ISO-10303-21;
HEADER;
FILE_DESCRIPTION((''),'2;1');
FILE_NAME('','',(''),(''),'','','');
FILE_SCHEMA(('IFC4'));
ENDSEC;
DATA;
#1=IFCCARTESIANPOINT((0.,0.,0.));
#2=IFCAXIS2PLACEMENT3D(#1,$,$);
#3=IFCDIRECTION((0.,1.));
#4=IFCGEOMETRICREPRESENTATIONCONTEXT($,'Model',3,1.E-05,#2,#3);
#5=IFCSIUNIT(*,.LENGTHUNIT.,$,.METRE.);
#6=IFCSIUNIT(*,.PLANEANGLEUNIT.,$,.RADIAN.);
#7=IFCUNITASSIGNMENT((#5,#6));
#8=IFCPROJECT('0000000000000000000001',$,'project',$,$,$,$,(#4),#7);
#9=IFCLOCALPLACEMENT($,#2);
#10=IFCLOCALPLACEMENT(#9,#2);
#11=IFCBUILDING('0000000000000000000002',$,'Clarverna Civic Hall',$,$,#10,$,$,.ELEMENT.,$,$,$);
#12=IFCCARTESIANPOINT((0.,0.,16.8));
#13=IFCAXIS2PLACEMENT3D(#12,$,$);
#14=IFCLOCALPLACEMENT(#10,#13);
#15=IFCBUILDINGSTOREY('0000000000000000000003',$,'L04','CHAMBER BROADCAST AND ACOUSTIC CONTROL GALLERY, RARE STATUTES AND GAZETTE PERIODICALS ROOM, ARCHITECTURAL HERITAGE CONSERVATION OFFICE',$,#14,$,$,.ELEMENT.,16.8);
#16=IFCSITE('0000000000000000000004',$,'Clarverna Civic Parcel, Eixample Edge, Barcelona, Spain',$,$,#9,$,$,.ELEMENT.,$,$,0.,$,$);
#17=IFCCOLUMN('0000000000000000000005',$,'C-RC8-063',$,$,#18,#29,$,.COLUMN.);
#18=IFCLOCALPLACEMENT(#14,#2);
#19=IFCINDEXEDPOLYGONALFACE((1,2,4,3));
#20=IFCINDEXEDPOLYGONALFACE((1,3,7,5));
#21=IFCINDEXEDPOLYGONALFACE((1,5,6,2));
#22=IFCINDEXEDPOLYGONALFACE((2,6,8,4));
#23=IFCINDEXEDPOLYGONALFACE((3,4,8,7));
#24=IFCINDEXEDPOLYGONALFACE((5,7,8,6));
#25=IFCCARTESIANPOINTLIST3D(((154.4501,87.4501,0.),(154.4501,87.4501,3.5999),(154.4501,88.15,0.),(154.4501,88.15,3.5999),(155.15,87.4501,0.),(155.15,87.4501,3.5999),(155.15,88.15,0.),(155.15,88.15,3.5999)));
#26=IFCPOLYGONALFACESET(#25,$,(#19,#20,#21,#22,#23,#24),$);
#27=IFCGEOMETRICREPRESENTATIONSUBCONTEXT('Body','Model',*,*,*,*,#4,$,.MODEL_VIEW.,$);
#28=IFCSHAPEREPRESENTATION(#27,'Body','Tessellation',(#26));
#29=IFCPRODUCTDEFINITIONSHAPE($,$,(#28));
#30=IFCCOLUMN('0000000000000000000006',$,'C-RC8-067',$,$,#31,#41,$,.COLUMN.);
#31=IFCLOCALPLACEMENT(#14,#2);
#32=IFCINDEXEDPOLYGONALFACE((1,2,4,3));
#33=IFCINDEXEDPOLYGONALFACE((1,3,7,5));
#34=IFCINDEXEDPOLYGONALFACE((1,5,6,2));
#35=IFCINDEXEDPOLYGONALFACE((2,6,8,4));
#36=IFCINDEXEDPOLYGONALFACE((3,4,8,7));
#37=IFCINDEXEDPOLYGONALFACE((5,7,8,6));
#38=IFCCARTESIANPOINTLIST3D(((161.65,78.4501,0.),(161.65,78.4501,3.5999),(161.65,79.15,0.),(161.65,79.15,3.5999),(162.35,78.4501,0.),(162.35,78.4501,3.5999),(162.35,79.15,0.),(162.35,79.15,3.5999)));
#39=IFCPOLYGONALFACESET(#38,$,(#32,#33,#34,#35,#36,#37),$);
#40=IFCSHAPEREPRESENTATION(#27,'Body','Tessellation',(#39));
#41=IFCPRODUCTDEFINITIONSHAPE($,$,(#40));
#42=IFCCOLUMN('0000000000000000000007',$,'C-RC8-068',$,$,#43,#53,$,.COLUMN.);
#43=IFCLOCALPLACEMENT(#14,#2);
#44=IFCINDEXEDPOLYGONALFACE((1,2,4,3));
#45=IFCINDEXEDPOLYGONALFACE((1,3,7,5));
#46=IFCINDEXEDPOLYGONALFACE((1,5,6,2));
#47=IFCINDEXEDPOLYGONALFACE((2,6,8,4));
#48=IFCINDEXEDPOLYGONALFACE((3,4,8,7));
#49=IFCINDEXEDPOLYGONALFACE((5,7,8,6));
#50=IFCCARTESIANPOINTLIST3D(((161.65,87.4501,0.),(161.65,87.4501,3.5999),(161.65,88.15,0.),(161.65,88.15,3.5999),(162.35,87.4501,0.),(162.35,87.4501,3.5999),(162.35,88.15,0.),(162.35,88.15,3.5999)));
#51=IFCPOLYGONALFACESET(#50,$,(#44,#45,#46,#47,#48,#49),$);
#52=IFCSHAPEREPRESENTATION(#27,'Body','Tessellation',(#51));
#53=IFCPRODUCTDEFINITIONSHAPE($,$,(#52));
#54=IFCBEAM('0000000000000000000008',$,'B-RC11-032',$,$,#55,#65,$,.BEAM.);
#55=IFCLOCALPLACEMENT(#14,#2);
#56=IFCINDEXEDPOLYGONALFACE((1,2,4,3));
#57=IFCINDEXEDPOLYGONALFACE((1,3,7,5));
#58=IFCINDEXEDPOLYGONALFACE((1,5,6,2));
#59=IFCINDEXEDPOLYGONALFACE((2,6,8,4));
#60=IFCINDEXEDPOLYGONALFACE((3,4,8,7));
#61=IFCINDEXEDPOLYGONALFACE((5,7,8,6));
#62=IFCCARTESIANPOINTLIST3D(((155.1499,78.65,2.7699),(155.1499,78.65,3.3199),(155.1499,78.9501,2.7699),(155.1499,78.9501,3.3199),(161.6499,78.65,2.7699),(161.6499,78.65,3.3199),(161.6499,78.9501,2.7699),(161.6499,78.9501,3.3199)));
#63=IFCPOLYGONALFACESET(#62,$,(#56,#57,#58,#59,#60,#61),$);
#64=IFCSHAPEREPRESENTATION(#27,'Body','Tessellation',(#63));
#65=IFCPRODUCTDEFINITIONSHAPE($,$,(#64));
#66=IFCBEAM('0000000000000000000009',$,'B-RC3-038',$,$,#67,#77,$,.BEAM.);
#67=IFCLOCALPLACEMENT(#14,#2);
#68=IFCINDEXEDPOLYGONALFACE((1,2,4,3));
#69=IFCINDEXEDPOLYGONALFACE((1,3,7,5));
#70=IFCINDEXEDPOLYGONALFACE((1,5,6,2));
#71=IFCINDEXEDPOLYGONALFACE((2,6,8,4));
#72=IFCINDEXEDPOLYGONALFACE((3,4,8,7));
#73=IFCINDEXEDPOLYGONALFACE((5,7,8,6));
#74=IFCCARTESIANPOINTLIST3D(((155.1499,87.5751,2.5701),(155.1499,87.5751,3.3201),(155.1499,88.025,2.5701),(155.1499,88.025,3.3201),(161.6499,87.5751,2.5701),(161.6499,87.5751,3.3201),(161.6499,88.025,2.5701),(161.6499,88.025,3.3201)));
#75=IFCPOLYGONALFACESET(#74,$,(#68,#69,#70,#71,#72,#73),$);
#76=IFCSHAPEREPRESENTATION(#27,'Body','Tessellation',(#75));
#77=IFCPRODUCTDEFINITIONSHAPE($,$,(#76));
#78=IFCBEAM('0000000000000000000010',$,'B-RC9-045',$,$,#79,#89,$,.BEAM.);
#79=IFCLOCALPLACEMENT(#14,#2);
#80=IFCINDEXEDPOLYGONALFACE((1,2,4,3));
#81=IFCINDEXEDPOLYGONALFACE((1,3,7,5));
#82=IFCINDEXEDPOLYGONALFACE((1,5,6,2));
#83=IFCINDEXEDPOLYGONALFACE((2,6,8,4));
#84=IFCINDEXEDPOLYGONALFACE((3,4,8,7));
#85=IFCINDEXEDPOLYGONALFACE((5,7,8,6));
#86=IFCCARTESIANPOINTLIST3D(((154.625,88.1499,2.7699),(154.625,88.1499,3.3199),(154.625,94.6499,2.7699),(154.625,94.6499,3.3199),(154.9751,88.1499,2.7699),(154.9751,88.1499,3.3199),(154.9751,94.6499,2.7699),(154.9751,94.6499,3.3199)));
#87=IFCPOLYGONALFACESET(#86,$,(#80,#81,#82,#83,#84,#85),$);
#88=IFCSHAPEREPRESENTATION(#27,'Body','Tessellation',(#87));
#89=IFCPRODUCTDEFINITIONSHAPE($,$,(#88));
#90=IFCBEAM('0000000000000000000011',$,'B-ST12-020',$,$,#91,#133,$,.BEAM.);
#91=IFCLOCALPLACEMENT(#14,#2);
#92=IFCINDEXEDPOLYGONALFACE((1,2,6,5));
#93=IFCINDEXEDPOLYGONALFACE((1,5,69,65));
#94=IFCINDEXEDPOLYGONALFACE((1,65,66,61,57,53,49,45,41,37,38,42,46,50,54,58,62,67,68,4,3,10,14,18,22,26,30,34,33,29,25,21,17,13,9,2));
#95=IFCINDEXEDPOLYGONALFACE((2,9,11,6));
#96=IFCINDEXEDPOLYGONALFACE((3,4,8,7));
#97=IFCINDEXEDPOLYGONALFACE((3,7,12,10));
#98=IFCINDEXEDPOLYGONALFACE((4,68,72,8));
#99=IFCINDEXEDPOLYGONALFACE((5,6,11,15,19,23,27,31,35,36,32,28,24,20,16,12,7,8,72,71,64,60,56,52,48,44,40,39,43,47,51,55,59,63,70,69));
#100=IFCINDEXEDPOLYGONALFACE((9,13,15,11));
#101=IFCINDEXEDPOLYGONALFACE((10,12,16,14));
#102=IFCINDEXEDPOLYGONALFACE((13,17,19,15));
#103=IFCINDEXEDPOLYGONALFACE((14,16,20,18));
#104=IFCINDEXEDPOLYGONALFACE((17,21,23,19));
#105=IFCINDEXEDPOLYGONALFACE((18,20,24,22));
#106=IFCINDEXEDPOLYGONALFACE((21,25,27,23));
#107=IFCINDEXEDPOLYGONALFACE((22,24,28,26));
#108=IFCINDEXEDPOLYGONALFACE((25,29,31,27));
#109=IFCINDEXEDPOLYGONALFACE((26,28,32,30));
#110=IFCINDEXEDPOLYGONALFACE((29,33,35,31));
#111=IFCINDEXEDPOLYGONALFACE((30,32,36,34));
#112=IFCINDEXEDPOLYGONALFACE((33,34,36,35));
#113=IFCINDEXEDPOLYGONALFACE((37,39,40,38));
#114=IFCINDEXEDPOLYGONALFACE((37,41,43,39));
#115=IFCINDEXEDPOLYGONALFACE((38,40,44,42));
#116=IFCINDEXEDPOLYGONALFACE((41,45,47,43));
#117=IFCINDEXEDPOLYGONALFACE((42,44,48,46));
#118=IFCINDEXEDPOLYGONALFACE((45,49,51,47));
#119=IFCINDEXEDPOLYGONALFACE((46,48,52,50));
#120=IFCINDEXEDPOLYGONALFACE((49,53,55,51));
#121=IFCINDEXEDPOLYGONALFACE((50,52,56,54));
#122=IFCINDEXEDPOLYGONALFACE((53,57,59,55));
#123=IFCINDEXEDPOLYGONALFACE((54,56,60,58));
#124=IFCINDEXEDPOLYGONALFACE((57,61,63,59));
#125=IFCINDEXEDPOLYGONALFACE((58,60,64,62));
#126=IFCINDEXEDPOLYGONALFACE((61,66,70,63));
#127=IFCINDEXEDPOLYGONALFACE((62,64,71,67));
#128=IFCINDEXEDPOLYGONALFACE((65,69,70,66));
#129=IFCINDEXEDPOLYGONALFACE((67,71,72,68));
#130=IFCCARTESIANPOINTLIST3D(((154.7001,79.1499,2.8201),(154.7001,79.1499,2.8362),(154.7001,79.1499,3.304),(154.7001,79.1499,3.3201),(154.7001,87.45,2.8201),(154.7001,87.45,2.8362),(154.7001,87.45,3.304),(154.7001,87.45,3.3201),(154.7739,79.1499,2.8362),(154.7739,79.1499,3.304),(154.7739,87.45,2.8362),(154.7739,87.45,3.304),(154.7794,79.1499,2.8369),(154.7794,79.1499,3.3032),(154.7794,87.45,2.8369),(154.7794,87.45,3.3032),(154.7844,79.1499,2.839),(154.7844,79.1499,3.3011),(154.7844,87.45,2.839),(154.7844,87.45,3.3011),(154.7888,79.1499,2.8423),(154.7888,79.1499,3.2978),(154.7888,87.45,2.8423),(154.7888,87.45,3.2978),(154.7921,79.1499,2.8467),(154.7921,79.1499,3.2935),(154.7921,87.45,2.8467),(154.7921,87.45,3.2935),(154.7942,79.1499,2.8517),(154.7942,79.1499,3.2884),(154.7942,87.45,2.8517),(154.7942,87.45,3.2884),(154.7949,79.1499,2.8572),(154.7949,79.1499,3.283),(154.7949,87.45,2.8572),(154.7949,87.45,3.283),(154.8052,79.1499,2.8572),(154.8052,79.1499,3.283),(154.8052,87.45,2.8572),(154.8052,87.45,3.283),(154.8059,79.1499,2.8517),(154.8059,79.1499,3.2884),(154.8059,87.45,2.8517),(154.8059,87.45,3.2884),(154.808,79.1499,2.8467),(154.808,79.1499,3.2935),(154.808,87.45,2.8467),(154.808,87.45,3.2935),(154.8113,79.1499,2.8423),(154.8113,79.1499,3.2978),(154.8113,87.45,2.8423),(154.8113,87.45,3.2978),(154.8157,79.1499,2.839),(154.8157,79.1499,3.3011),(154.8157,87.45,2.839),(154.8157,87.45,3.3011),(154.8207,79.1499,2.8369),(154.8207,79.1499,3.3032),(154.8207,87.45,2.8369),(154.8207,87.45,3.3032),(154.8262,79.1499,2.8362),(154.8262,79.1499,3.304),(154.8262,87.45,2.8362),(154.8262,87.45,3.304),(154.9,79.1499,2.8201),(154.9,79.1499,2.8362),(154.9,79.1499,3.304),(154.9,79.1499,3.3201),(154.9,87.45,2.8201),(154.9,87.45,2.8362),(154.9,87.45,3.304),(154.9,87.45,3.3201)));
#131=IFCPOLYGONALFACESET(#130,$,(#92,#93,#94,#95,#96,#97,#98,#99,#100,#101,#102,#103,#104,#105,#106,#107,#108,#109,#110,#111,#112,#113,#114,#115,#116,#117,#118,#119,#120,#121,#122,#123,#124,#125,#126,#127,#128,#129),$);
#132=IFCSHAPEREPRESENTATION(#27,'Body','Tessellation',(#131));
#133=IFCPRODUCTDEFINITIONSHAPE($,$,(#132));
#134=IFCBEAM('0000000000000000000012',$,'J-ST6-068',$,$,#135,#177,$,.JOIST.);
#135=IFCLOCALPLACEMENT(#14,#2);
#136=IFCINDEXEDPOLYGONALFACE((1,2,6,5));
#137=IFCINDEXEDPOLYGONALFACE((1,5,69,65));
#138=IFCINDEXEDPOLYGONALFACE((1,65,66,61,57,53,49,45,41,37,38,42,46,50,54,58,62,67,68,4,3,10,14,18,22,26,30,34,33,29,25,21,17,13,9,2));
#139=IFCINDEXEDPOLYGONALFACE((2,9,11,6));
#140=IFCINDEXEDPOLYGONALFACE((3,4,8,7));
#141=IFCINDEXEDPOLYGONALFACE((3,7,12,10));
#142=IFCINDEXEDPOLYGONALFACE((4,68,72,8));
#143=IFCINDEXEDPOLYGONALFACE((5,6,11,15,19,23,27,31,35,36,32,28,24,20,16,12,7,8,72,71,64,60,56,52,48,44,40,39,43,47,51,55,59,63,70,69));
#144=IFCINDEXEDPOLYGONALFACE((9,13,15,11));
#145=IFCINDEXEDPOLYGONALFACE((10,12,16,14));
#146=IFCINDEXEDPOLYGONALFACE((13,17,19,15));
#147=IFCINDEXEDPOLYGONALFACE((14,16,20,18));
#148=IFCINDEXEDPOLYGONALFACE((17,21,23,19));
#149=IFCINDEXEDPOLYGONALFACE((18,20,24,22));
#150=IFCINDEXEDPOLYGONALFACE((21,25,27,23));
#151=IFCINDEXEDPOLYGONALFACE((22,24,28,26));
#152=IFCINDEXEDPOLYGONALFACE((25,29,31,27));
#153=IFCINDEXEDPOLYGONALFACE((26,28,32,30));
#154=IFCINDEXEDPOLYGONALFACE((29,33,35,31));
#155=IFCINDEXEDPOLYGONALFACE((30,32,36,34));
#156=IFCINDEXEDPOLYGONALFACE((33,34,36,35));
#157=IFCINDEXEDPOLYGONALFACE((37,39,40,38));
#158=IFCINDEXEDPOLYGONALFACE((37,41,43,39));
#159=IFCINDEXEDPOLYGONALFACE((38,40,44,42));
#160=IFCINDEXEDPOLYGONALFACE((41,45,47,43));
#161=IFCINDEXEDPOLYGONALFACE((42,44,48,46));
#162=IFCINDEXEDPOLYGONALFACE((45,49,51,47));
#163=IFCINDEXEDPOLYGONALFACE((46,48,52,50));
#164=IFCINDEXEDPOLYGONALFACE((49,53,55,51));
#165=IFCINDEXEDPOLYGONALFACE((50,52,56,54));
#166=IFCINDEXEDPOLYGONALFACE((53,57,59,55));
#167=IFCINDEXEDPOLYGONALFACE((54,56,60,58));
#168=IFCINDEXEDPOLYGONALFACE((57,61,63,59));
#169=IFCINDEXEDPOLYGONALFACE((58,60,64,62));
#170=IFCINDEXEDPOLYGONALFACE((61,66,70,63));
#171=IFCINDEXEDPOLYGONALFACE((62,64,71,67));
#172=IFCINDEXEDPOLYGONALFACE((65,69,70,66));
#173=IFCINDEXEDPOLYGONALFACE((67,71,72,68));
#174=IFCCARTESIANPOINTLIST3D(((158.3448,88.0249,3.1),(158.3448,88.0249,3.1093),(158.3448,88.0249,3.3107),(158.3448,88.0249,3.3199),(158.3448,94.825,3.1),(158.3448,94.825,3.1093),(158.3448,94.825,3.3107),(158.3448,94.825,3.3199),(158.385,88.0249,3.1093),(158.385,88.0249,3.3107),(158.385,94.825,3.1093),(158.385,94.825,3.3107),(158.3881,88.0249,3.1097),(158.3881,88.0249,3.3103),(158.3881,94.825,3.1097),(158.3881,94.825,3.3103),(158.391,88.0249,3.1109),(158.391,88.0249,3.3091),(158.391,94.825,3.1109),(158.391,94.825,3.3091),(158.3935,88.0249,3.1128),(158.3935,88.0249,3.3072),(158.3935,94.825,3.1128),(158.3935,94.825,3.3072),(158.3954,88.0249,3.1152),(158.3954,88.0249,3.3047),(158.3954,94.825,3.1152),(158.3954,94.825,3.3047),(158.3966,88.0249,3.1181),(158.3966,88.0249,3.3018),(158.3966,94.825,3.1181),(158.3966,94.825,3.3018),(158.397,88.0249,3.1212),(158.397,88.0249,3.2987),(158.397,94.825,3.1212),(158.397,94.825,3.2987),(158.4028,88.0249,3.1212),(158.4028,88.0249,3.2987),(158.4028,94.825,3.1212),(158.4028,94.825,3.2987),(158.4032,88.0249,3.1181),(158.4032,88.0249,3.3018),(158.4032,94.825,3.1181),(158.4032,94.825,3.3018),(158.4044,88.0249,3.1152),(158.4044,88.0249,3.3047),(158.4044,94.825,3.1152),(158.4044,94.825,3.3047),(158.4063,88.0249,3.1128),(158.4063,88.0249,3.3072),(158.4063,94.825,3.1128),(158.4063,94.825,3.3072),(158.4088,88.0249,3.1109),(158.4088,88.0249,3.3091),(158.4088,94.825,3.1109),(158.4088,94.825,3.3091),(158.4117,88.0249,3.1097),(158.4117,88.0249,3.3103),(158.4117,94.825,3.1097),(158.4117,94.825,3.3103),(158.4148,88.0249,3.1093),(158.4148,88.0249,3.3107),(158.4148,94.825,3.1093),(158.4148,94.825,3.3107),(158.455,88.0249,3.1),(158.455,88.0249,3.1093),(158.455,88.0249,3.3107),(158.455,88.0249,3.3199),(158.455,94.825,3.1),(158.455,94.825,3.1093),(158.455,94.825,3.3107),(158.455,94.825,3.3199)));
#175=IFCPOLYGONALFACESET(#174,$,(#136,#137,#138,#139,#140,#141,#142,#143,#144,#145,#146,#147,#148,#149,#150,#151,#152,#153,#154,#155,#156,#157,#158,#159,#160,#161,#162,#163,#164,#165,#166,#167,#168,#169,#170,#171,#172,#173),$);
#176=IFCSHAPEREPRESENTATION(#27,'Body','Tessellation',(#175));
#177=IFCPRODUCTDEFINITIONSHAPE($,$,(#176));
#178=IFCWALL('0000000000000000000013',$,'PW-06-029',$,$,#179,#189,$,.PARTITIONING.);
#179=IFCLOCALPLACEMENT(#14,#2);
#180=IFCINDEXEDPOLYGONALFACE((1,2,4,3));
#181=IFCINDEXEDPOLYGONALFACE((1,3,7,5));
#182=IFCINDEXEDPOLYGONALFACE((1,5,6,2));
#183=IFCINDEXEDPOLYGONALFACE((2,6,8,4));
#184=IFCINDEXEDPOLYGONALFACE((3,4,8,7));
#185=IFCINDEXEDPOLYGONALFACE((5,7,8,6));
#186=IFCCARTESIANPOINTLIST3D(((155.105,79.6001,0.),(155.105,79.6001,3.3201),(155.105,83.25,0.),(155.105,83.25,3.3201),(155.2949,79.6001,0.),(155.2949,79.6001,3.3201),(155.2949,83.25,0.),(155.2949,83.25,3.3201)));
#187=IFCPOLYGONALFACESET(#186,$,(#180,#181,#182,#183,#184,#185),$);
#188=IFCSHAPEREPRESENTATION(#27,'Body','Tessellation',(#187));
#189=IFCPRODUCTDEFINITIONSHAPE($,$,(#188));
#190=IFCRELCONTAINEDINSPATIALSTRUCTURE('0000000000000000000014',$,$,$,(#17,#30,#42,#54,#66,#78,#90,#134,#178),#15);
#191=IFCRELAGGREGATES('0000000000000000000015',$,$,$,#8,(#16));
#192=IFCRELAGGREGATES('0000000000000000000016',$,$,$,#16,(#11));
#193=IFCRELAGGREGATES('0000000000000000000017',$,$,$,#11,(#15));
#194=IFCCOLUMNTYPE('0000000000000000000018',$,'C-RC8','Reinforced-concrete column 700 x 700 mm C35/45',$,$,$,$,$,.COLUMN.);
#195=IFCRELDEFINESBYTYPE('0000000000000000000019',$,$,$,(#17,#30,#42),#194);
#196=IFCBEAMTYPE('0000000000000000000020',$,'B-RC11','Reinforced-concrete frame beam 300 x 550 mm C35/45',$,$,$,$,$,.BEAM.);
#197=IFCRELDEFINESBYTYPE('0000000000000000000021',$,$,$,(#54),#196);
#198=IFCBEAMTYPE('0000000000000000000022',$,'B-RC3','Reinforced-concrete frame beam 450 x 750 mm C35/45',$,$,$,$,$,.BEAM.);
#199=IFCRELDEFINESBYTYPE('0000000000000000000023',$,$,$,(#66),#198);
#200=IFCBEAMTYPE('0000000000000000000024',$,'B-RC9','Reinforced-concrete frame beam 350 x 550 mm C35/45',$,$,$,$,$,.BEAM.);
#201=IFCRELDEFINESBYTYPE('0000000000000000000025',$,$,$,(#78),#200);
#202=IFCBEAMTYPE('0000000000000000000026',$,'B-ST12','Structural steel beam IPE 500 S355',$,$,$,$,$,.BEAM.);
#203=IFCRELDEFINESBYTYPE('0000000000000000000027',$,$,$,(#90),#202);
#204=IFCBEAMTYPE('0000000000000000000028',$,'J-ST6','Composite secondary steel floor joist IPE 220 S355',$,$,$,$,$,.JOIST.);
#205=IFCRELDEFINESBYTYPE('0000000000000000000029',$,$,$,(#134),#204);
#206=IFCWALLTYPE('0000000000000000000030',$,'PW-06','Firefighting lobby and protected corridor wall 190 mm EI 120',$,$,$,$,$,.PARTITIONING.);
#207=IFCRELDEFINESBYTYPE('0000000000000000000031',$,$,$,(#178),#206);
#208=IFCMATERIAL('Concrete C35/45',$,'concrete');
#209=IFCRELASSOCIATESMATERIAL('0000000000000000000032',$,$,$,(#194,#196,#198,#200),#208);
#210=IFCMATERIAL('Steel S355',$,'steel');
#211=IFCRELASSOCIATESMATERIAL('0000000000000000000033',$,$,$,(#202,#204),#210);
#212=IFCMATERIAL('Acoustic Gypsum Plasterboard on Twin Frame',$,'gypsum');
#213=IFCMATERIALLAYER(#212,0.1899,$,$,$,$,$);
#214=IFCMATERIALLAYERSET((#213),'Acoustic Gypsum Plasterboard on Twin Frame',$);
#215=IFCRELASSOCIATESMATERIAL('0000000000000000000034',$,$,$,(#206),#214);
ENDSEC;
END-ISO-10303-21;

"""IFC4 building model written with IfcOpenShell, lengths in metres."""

from ifc_helpers import new_model, si_unit, direction, frame, frame_2d, origin, origin_2d, place, context, subcontext, project, spatial, rectangle, i_section, extrude, material, layer, layer_set, material_profile, profile_set, type_object, element, save


model = new_model("IFC4")

# Units and contexts
model_context = context("Model", 3, precision=1e-05, world=origin(), true_north=direction((0.0, 1.0)))
body_context = subcontext(model_context, "Body", "Model", "MODEL_VIEW")
ifc_project = project(units=[si_unit("LENGTHUNIT", "METRE"), si_unit("PLANEANGLEUNIT", "RADIAN")], contexts=[model_context])

# Site, building, storey
site_placement = place(None, origin())
site = spatial("IfcSite", under=ifc_project, at=site_placement, Name="Clarverna Civic Parcel, Eixample Edge, Barcelona, Spain", CompositionType="ELEMENT", RefElevation=0.0)
building_placement = place(site_placement, origin())
building = spatial("IfcBuilding", under=site, at=building_placement, Name="Clarverna Civic Hall", CompositionType="ELEMENT")
storey_placement = place(building_placement, frame((0.0, 0.0, 16.8)))
storey = spatial("IfcBuildingStorey", under=building, at=storey_placement, Name="L04", Description="CHAMBER BROADCAST AND ACOUSTIC CONTROL GALLERY, RARE STATUTES AND GAZETTE PERIODICALS ROOM, ARCHITECTURAL HERITAGE CONSERVATION OFFICE", CompositionType="ELEMENT", Elevation=16.8)

# Columns
ifc_material_1 = material(Name="Concrete C35/45", Category="concrete")
ifc_material_profile_1 = material_profile(ifc_material_1, rectangle(XDim=0.7, YDim=0.7, at=origin_2d()), Name="RC 700x700")
ifc_profile_set_1 = profile_set([ifc_material_profile_1], Name="Concrete C35/45")
column_type = type_object("IfcColumnType", Name="C-RC8", Description="Reinforced-concrete column 700 x 700 mm C35/45", PredefinedType="COLUMN", material=ifc_profile_set_1)
for number, where, z_axis, x_axis, name in (
    (1, (154.8, 87.8, 0.0), (0.0, 0.0, 1.0), (1.0, 0.0, 0.0), "C-RC8-063"),
    (2, (162.0, 78.8, 0.0), (0.0, 0.0, 1.0), (1.0, 0.0, 0.0), "C-RC8-067"),
    (3, (162.0, 87.8, 0.0), (0.0, 0.0, 1.0), (1.0, 0.0, 0.0), "C-RC8-068"),
):
    element("IfcColumn", number, at=place(storey_placement, frame(where, z_axis=z_axis, x_axis=x_axis)), inside=storey, type_object=column_type, Name=name, PredefinedType="COLUMN", context=body_context, shape_type="SweptSolid", body=[
        extrude(rectangle(XDim=0.7, YDim=0.7, at=origin_2d()), origin(), (0.0, 0.0, 1.0), 3.5999),
    ])

# Beams
ifc_material_profile_2 = material_profile(ifc_material_1, rectangle(XDim=0.3, YDim=0.55, at=origin_2d()), Name="RC 300x550")
ifc_profile_set_2 = profile_set([ifc_material_profile_2], Name="Concrete C35/45")
beam_type_1 = type_object("IfcBeamType", Name="B-RC11", Description="Reinforced-concrete frame beam 300 x 550 mm C35/45", PredefinedType="BEAM", material=ifc_profile_set_2)
beam_1_placement = place(storey_placement, frame((155.1499, 78.8, 3.0449), z_axis=(1.0, 0.0, 0.0), x_axis=(0.0, 1.0, 0.0)))
element("IfcBeam", 4, at=beam_1_placement, inside=storey, type_object=beam_type_1, Name="B-RC11-032", PredefinedType="BEAM", context=body_context, shape_type="SweptSolid", body=[
    extrude(rectangle(XDim=0.3, YDim=0.55, at=origin_2d()), origin(), (0.0, 0.0, 1.0), 6.5),
])
ifc_material_profile_3 = material_profile(ifc_material_1, rectangle(XDim=0.45, YDim=0.75, at=origin_2d()), Name="RC 450x750")
ifc_profile_set_3 = profile_set([ifc_material_profile_3], Name="Concrete C35/45")
beam_type_2 = type_object("IfcBeamType", Name="B-RC3", Description="Reinforced-concrete frame beam 450 x 750 mm C35/45", PredefinedType="BEAM", material=ifc_profile_set_3)
beam_2_placement = place(storey_placement, frame((155.1499, 87.8, 2.9451), z_axis=(1.0, 0.0, 0.0), x_axis=(0.0, 1.0, 0.0)))
element("IfcBeam", 5, at=beam_2_placement, inside=storey, type_object=beam_type_2, Name="B-RC3-038", PredefinedType="BEAM", context=body_context, shape_type="SweptSolid", body=[
    extrude(rectangle(XDim=0.45, YDim=0.75, at=origin_2d()), origin(), (0.0, 0.0, 1.0), 6.5),
])
ifc_material_profile_4 = material_profile(ifc_material_1, rectangle(XDim=0.3501, YDim=0.55, at=origin_2d()), Name="RC 350x550")
ifc_profile_set_4 = profile_set([ifc_material_profile_4], Name="Concrete C35/45")
beam_type_3 = type_object("IfcBeamType", Name="B-RC9", Description="Reinforced-concrete frame beam 350 x 550 mm C35/45", PredefinedType="BEAM", material=ifc_profile_set_4)
beam_3_placement = place(storey_placement, frame((154.8, 88.1499, 3.0449), z_axis=(0.0, 1.0, 0.0), x_axis=(-1.0, 0.0, 0.0)))
element("IfcBeam", 6, at=beam_3_placement, inside=storey, type_object=beam_type_3, Name="B-RC9-045", PredefinedType="BEAM", context=body_context, shape_type="SweptSolid", body=[
    extrude(rectangle(XDim=0.3501, YDim=0.55, at=origin_2d()), origin(), (0.0, 0.0, 1.0), 6.5),
])
ifc_material_2 = material(Name="Steel S355", Category="steel")
ifc_material_profile_5 = material_profile(ifc_material_2, i_section(OverallWidth=0.2, OverallDepth=0.5, WebThickness=0.0103, FlangeThickness=0.0161, FilletRadius=0.021, at=origin_2d()), Name="IPE 500")
ifc_profile_set_5 = profile_set([ifc_material_profile_5], Name="Steel S355")
beam_type_4 = type_object("IfcBeamType", Name="B-ST12", Description="Structural steel beam IPE 500 S355", PredefinedType="BEAM", material=ifc_profile_set_5)
beam_4_placement = place(storey_placement, frame((154.8, 79.1499, 3.0701), z_axis=(0.0, 1.0, 0.0), x_axis=(-1.0, 0.0, 0.0)))
element("IfcBeam", 7, at=beam_4_placement, inside=storey, type_object=beam_type_4, Name="B-ST12-020", PredefinedType="BEAM", context=body_context, shape_type="SweptSolid", body=[
    extrude(i_section(OverallWidth=0.2, OverallDepth=0.5, WebThickness=0.0103, FlangeThickness=0.0161, FilletRadius=0.021, at=origin_2d()), origin(), (0.0, 0.0, 1.0), 8.3),
])
ifc_material_profile_6 = material_profile(ifc_material_2, i_section(OverallWidth=0.1101, OverallDepth=0.22, WebThickness=0.0059, FlangeThickness=0.0093, FilletRadius=0.012, at=origin_2d()), Name="IPE 220")
ifc_profile_set_6 = profile_set([ifc_material_profile_6], Name="Steel S355")
beam_type_5 = type_object("IfcBeamType", Name="J-ST6", Description="Composite secondary steel floor joist IPE 220 S355", PredefinedType="JOIST", material=ifc_profile_set_6)
beam_5_placement = place(storey_placement, frame((158.3999, 88.0249, 3.21), z_axis=(0.0, 1.0, 0.0), x_axis=(-1.0, 0.0, 0.0)))
element("IfcBeam", 8, at=beam_5_placement, inside=storey, type_object=beam_type_5, Name="J-ST6-068", PredefinedType="JOIST", context=body_context, shape_type="SweptSolid", body=[
    extrude(i_section(OverallWidth=0.1101, OverallDepth=0.22, WebThickness=0.0059, FlangeThickness=0.0093, FilletRadius=0.012, at=origin_2d()), origin(), (0.0, 0.0, 1.0), 6.8),
])

# Wall
ifc_material_3 = material(Name="Acoustic Gypsum Plasterboard on Twin Frame", Category="gypsum")
ifc_layer_1 = layer(ifc_material_3, 0.1899)
ifc_layer_set_1 = layer_set([ifc_layer_1], Name="Acoustic Gypsum Plasterboard on Twin Frame")
wall_type_1 = type_object("IfcWallType", Name="PW-06", Description="Firefighting lobby and protected corridor wall 190 mm EI 120", PredefinedType="PARTITIONING", material=ifc_layer_set_1)
wall_1_placement = place(storey_placement, frame((155.2, 79.6001, 0.0), z_axis=(0.0, 0.0, 1.0), x_axis=(0.0, 1.0, 0.0)))
element("IfcWall", 9, at=wall_1_placement, inside=storey, type_object=wall_type_1, Name="PW-06-029", PredefinedType="PARTITIONING", context=body_context, shape_type="SweptSolid", body=[
    extrude(rectangle(XDim=3.6499, YDim=0.1899, at=frame_2d((1.825, 0.0))), origin(), (0.0, 0.0, 1.0), 3.3201),
])

save(model, "model.ifc")
